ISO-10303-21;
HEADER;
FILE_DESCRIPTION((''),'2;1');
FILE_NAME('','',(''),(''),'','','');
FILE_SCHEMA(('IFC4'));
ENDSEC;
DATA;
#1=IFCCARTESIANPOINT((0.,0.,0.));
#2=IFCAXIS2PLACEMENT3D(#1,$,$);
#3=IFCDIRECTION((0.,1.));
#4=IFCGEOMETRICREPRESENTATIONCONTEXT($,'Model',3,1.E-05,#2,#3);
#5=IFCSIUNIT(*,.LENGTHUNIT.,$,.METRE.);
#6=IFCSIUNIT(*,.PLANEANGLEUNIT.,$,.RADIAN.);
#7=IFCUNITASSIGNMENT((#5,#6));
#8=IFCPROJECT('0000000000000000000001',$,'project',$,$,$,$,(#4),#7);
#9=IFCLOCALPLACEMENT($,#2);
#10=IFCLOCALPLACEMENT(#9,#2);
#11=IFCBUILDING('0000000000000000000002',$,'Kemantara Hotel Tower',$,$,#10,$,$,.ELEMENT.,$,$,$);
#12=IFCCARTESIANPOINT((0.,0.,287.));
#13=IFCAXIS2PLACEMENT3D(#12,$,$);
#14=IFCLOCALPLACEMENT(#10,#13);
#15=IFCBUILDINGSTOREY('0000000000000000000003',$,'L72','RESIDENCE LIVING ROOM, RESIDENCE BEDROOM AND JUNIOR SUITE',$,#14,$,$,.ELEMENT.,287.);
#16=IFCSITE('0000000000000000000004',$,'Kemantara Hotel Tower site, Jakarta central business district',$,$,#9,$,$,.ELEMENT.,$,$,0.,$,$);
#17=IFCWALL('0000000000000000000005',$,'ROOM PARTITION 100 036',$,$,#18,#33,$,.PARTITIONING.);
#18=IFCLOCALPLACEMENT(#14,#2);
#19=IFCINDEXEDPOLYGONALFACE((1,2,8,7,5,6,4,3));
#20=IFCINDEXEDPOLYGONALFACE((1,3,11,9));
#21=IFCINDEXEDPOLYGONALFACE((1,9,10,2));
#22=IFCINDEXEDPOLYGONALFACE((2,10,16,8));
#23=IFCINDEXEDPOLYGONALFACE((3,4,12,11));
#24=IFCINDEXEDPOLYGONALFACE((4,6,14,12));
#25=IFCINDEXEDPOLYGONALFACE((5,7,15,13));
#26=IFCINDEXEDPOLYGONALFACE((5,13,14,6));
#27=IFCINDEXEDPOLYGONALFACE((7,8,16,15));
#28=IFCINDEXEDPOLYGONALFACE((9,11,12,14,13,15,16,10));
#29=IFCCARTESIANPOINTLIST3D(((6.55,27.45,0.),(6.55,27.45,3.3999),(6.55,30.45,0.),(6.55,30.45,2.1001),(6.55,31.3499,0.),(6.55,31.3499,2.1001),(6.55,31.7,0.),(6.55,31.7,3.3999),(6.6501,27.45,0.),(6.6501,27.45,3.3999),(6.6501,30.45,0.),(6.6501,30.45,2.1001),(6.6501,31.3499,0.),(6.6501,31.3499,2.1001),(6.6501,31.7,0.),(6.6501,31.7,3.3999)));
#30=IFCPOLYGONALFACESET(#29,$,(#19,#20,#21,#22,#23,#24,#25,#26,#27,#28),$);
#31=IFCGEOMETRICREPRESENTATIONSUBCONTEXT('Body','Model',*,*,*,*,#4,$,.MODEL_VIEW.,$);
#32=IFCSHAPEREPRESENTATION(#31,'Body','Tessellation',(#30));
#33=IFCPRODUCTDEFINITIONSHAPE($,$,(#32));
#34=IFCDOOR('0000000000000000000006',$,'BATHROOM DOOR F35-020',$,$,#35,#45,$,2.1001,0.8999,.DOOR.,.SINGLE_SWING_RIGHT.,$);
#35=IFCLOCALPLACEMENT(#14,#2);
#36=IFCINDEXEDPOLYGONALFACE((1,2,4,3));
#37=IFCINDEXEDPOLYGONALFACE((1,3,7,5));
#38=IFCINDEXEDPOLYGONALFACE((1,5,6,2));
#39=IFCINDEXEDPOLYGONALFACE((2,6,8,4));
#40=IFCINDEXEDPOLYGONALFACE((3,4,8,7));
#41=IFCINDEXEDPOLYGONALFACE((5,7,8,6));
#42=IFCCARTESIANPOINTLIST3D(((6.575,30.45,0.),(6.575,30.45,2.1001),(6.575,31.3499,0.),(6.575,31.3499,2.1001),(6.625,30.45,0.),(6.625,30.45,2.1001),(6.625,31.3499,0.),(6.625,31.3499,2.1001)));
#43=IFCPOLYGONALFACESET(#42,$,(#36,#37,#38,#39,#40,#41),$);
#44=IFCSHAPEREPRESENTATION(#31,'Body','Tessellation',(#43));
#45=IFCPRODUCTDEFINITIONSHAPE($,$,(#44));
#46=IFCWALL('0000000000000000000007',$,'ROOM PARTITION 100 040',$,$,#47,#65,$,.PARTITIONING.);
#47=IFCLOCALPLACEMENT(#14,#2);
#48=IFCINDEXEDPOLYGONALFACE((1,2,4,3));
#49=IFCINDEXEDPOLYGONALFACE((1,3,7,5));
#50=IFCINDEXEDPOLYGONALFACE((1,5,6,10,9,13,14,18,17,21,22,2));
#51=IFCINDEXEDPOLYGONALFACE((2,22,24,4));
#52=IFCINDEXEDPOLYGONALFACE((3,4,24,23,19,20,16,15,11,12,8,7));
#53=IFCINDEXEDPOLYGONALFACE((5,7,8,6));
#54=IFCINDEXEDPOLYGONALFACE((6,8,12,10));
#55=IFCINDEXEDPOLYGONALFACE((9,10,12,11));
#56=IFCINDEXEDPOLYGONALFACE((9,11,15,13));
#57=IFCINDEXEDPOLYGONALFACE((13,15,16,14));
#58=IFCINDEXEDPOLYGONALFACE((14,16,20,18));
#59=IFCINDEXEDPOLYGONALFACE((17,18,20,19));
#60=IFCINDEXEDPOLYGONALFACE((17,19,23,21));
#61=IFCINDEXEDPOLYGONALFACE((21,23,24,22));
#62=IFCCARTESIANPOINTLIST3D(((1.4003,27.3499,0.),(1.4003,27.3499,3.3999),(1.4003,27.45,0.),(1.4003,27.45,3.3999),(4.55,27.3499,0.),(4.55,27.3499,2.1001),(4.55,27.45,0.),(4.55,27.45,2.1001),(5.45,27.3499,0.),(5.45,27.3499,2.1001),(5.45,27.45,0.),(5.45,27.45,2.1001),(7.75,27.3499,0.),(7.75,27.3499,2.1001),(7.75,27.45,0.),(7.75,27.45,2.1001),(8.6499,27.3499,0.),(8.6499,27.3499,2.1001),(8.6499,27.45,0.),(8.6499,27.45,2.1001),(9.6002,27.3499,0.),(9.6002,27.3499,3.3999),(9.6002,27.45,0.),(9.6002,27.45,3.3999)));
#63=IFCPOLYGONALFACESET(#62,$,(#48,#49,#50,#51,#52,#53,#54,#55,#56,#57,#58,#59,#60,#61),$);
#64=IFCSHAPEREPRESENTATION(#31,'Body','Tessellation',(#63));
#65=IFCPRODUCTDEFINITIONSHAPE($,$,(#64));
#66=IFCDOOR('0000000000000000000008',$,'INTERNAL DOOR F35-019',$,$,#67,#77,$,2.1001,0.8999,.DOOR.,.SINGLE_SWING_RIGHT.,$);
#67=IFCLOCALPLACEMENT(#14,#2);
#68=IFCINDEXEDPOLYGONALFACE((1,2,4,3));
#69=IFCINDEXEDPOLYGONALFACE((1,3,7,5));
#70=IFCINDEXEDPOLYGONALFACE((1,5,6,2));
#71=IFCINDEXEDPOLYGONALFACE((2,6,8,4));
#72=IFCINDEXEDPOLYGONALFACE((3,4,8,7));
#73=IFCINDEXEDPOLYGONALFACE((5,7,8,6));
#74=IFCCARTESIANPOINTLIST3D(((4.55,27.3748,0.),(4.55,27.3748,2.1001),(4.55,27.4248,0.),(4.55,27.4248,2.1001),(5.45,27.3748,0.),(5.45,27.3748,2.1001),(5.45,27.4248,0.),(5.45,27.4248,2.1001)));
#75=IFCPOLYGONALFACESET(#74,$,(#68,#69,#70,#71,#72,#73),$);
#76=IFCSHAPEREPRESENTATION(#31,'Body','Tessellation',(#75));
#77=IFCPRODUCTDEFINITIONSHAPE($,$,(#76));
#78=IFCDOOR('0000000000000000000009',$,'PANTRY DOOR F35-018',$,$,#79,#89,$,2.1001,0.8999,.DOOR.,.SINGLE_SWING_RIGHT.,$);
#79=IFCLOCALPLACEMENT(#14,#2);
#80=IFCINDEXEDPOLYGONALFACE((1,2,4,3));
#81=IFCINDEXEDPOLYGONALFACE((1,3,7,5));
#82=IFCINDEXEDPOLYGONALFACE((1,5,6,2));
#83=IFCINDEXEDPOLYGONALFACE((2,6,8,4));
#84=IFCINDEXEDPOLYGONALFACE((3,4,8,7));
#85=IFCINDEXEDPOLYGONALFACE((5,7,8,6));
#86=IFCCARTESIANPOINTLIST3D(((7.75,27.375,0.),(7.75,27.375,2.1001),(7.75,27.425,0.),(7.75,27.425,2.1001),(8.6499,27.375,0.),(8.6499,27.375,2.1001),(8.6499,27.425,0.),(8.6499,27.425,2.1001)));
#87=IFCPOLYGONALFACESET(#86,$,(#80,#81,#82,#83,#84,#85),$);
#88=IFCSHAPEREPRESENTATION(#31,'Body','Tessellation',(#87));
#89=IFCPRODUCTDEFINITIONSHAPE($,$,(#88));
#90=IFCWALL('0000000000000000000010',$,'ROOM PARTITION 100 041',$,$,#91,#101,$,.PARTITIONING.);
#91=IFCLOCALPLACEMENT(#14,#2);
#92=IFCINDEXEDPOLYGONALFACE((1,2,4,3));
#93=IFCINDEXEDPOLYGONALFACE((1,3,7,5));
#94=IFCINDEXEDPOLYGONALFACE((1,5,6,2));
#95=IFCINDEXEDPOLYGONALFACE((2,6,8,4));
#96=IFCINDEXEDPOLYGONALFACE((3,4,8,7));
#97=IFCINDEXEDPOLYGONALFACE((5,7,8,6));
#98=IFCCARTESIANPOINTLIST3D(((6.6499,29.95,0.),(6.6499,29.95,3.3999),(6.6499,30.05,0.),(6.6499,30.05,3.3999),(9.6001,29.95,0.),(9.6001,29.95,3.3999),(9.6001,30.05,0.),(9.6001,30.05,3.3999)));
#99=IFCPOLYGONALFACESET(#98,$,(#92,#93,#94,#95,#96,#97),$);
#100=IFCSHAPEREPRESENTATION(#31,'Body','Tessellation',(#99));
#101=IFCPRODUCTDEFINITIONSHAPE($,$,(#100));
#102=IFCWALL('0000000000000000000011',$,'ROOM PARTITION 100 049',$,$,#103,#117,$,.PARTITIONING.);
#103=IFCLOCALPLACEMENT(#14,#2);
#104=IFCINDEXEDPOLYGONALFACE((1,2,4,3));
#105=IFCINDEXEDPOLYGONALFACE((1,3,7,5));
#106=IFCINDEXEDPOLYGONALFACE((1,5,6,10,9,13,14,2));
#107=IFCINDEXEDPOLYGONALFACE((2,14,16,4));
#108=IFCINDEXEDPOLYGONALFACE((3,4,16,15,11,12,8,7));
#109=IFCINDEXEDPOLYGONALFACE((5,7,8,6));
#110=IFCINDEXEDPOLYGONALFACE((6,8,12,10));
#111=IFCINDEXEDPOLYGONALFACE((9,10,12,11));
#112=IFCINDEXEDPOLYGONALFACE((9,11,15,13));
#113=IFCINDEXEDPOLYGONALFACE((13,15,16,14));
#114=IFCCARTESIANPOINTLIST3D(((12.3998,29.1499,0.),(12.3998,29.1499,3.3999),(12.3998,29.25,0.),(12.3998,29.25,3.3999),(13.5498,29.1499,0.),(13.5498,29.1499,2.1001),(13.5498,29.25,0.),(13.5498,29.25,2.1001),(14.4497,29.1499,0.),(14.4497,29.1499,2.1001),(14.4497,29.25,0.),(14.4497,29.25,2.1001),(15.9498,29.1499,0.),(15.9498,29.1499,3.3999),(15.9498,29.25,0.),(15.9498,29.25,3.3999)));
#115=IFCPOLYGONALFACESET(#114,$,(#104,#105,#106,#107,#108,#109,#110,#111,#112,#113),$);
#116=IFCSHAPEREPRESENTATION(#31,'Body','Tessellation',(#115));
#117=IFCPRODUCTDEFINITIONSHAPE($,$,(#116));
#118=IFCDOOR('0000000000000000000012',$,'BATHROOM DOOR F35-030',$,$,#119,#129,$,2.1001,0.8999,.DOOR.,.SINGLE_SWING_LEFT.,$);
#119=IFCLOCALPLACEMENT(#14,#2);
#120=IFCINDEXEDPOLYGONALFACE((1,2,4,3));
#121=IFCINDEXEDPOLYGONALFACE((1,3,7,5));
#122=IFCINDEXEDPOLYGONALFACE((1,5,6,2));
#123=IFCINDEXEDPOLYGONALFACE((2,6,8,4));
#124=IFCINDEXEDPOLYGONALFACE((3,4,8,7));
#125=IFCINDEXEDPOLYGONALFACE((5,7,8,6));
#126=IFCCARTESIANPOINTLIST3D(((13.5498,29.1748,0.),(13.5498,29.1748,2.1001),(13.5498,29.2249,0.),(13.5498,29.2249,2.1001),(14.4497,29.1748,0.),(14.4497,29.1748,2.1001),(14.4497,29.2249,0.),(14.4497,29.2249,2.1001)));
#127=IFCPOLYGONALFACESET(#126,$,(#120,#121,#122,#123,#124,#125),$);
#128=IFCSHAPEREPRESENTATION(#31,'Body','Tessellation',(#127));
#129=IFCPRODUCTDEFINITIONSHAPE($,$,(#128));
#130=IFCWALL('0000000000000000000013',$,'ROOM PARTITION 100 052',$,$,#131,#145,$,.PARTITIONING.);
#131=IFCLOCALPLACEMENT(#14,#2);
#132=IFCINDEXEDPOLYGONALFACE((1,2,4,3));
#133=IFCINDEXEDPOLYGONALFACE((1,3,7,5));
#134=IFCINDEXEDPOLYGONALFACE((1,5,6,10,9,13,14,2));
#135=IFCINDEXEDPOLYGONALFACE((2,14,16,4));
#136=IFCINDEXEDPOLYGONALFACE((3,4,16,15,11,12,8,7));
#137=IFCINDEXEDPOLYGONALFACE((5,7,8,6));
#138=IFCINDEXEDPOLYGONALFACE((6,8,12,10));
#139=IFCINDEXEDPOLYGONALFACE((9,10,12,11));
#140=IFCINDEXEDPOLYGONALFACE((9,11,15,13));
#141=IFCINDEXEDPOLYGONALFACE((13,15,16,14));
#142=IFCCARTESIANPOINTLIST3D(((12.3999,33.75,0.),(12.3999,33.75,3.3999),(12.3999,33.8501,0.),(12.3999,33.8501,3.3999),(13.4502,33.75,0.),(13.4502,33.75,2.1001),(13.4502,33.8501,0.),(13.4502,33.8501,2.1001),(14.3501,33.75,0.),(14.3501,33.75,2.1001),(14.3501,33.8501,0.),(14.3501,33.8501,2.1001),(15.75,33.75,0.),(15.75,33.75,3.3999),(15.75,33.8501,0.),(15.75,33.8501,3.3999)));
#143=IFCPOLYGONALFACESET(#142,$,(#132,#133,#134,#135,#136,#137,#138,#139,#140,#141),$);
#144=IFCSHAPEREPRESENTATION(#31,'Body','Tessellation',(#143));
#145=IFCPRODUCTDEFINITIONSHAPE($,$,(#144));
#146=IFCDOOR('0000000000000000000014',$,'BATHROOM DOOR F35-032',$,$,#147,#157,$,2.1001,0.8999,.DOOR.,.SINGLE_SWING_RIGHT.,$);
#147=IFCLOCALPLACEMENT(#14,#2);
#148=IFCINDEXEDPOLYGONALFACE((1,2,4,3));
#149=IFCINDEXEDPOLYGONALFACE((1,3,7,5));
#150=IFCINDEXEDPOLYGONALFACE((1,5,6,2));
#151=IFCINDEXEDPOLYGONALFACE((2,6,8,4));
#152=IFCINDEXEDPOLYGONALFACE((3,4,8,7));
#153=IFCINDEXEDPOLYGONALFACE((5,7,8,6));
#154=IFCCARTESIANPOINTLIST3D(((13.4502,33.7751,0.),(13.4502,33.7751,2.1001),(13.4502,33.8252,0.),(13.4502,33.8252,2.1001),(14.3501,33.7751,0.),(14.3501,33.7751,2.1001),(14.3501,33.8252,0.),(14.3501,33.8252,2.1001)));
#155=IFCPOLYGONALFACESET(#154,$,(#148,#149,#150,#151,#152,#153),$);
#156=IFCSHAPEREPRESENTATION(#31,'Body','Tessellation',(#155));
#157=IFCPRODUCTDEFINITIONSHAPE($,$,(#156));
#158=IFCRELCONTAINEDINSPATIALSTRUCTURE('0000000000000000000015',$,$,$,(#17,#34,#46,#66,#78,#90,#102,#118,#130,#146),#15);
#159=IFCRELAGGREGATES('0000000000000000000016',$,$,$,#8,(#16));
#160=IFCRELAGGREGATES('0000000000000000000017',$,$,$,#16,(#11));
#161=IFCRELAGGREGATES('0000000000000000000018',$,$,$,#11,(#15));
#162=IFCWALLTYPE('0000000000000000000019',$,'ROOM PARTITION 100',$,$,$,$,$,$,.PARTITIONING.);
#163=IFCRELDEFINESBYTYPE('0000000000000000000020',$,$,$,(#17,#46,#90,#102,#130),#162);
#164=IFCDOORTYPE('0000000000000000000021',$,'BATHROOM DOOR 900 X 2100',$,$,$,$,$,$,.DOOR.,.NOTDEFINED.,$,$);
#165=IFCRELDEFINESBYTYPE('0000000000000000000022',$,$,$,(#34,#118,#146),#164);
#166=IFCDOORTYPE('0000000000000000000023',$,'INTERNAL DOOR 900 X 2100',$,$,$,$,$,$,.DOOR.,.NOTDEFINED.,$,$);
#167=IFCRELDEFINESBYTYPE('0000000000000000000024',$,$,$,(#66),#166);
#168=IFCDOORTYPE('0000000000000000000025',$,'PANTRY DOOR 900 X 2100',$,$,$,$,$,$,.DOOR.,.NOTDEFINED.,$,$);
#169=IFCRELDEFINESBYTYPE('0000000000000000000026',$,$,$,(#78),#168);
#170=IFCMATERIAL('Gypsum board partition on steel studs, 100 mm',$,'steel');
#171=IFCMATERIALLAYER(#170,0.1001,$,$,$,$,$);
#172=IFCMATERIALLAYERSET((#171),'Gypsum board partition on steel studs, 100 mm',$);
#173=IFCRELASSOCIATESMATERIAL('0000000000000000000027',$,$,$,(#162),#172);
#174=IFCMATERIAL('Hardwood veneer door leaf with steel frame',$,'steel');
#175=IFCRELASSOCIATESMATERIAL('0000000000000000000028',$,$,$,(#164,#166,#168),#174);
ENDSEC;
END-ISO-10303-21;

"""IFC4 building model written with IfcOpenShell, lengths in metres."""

from ifc_helpers import new_model, si_unit, direction, frame, frame_2d, origin, place, context, subcontext, project, spatial, rectangle, extrude, material, layer, layer_set, type_object, element, fill, save


model = new_model("IFC4")

# Units and contexts
model_context = context("Model", 3, precision=1e-05, world=origin(), true_north=direction((0.0, 1.0)))
body_context = subcontext(model_context, "Body", "Model", "MODEL_VIEW")
ifc_project = project(units=[si_unit("LENGTHUNIT", "METRE"), si_unit("PLANEANGLEUNIT", "RADIAN")], contexts=[model_context])

# Site, building, storey
site_placement = place(None, origin())
site = spatial("IfcSite", under=ifc_project, at=site_placement, Name="Kemantara Hotel Tower site, Jakarta central business district", CompositionType="ELEMENT", RefElevation=0.0)
building_placement = place(site_placement, origin())
building = spatial("IfcBuilding", under=site, at=building_placement, Name="Kemantara Hotel Tower", CompositionType="ELEMENT")
storey_placement = place(building_placement, frame((0.0, 0.0, 287.0)))
storey = spatial("IfcBuildingStorey", under=building, at=storey_placement, Name="L72", Description="RESIDENCE LIVING ROOM, RESIDENCE BEDROOM AND JUNIOR SUITE", CompositionType="ELEMENT", Elevation=287.0)

# Shared definitions
ifc_material_1 = material(Name="Hardwood veneer door leaf with steel frame", Category="steel")

# Wall, opening, door
ifc_material_2 = material(Name="Gypsum board partition on steel studs, 100 mm", Category="steel")
ifc_layer_1 = layer(ifc_material_2, 0.1001)
ifc_layer_set_1 = layer_set([ifc_layer_1], Name="Gypsum board partition on steel studs, 100 mm")
wall_type_1 = type_object("IfcWallType", Name="ROOM PARTITION 100", PredefinedType="PARTITIONING", material=ifc_layer_set_1)
door_type_1 = type_object("IfcDoorType", Name="BATHROOM DOOR 900 X 2100", OperationType="NOTDEFINED", PredefinedType="DOOR", material=ifc_material_1)
wall_1_placement = place(storey_placement, frame((6.6001, 31.7, 0.0), z_axis=(0.0, 0.0, 1.0), x_axis=(0.0, -1.0, 0.0)))
wall_1 = element("IfcWall", 1, at=wall_1_placement, inside=storey, type_object=wall_type_1, Name="ROOM PARTITION 100 036", PredefinedType="PARTITIONING", context=body_context, shape_type="SweptSolid", body=[
    extrude(rectangle(XDim=4.25, YDim=0.1001, at=frame_2d((2.125, 0.0))), origin(), (0.0, 0.0, 1.0), 3.3999),
])
opening_1_placement = place(wall_1_placement, frame((0.3501, 0.0, 0.0)))
opening_1 = element("IfcOpeningElement", 2, at=opening_1_placement, cuts=wall_1, PredefinedType="OPENING", context=body_context, shape_type="SweptSolid", body=[
    extrude(rectangle(XDim=0.8999, YDim=2.1001, at=frame_2d((0.45, 1.05))), frame((0.0, 0.0601, 0.0), z_axis=(0.0, -1.0, 0.0), x_axis=(1.0, 0.0, 0.0)), (0.0, 0.0, 1.0), 0.1201),
])
door_1_placement = place(opening_1_placement, origin())
door_1 = element("IfcDoor", 3, at=door_1_placement, inside=storey, type_object=door_type_1, Name="BATHROOM DOOR F35-020", OperationType="SINGLE_SWING_RIGHT", OverallHeight=2.1001, OverallWidth=0.8999, PredefinedType="DOOR", context=body_context, shape_type="SweptSolid", body=[
    extrude(rectangle(XDim=0.8999, YDim=2.1001, at=frame_2d((0.45, 1.05))), frame((0.0, 0.0249, 0.0), z_axis=(0.0, -1.0, 0.0), x_axis=(1.0, 0.0, 0.0)), (0.0, 0.0, 1.0), 0.05),
])
fill(opening_1, door_1)

# Wall, openings, doors
wall_2_placement = place(storey_placement, frame((1.4001, 27.3999, 0.0), z_axis=(0.0, 0.0, 1.0), x_axis=(1.0, 0.0, 0.0)))
wall_2 = element("IfcWall", 4, at=wall_2_placement, inside=storey, type_object=wall_type_1, Name="ROOM PARTITION 100 040", PredefinedType="PARTITIONING", context=body_context, shape_type="SweptSolid", body=[
    extrude(rectangle(XDim=8.2, YDim=0.1001, at=frame_2d((4.1001, 0.0))), origin(), (0.0, 0.0, 1.0), 3.3999),
])
opening_2_placement = place(wall_2_placement, frame((6.3499, 0.0, 0.0)))
opening_2 = element("IfcOpeningElement", 5, at=opening_2_placement, cuts=wall_2, PredefinedType="OPENING", context=body_context, shape_type="SweptSolid", body=[
    extrude(rectangle(XDim=0.8999, YDim=2.1001, at=frame_2d((0.45, 1.05))), frame((0.0, 0.0601, 0.0), z_axis=(0.0, -1.0, 0.0), x_axis=(1.0, 0.0, 0.0)), (0.0, 0.0, 1.0), 0.1201),
])
opening_3_placement = place(wall_2_placement, frame((3.1499, 0.0, 0.0)))
opening_3 = element("IfcOpeningElement", 6, at=opening_3_placement, cuts=wall_2, PredefinedType="OPENING", context=body_context, shape_type="SweptSolid", body=[
    extrude(rectangle(XDim=0.8999, YDim=2.1001, at=frame_2d((0.45, 1.05))), frame((0.0, 0.0601, 0.0), z_axis=(0.0, -1.0, 0.0), x_axis=(1.0, 0.0, 0.0)), (0.0, 0.0, 1.0), 0.1201),
])
door_type_2 = type_object("IfcDoorType", Name="INTERNAL DOOR 900 X 2100", OperationType="NOTDEFINED", PredefinedType="DOOR", material=ifc_material_1)
door_2_placement = place(opening_3_placement, origin())
door_2 = element("IfcDoor", 7, at=door_2_placement, inside=storey, type_object=door_type_2, Name="INTERNAL DOOR F35-019", OperationType="SINGLE_SWING_RIGHT", OverallHeight=2.1001, OverallWidth=0.8999, PredefinedType="DOOR", context=body_context, shape_type="SweptSolid", body=[
    extrude(rectangle(XDim=0.8999, YDim=2.1001, at=frame_2d((0.45, 1.05))), frame((0.0, 0.0249, 0.0), z_axis=(0.0, -1.0, 0.0), x_axis=(1.0, 0.0, 0.0)), (0.0, 0.0, 1.0), 0.05),
])
fill(opening_3, door_2)
door_type_3 = type_object("IfcDoorType", Name="PANTRY DOOR 900 X 2100", OperationType="NOTDEFINED", PredefinedType="DOOR", material=ifc_material_1)
door_3_placement = place(opening_2_placement, frame((0.8999, 0.0, 0.0), z_axis=(0.0, 0.0, 1.0), x_axis=(-1.0, 0.0, 0.0)))
door_3 = element("IfcDoor", 8, at=door_3_placement, inside=storey, type_object=door_type_3, Name="PANTRY DOOR F35-018", OperationType="SINGLE_SWING_RIGHT", OverallHeight=2.1001, OverallWidth=0.8999, PredefinedType="DOOR", context=body_context, shape_type="SweptSolid", body=[
    extrude(rectangle(XDim=0.8999, YDim=2.1001, at=frame_2d((0.45, 1.05))), frame((0.0, 0.0249, 0.0), z_axis=(0.0, -1.0, 0.0), x_axis=(1.0, 0.0, 0.0)), (0.0, 0.0, 1.0), 0.05),
])
fill(opening_2, door_3)

# Wall
wall_3_placement = place(storey_placement, frame((6.6499, 30.0, 0.0), z_axis=(0.0, 0.0, 1.0), x_axis=(1.0, 0.0, 0.0)))
element("IfcWall", 9, at=wall_3_placement, inside=storey, type_object=wall_type_1, Name="ROOM PARTITION 100 041", PredefinedType="PARTITIONING", context=body_context, shape_type="SweptSolid", body=[
    extrude(rectangle(XDim=2.9502, YDim=0.1001, at=frame_2d((1.4751, 0.0))), origin(), (0.0, 0.0, 1.0), 3.3999),
])

# Walls, openings, doors
wall_4_placement = place(storey_placement, frame((12.3999, 29.2, 0.0), z_axis=(0.0, 0.0, 1.0), x_axis=(1.0, 0.0, 0.0)))
wall_4 = element("IfcWall", 10, at=wall_4_placement, inside=storey, type_object=wall_type_1, Name="ROOM PARTITION 100 049", PredefinedType="PARTITIONING", context=body_context, shape_type="SweptSolid", body=[
    extrude(rectangle(XDim=3.55, YDim=0.1001, at=frame_2d((1.7749, 0.0))), origin(), (0.0, 0.0, 1.0), 3.3999),
])
opening_4_placement = place(wall_4_placement, frame((1.1499, 0.0, 0.0)))
opening_4 = element("IfcOpeningElement", 11, at=opening_4_placement, cuts=wall_4, PredefinedType="OPENING", context=body_context, shape_type="SweptSolid", body=[
    extrude(rectangle(XDim=0.8999, YDim=2.1001, at=frame_2d((0.45, 1.05))), frame((0.0, 0.0601, 0.0), z_axis=(0.0, -1.0, 0.0), x_axis=(1.0, 0.0, 0.0)), (0.0, 0.0, 1.0), 0.1201),
])
door_4_placement = place(opening_4_placement, origin())
door_4 = element("IfcDoor", 12, at=door_4_placement, inside=storey, type_object=door_type_1, Name="BATHROOM DOOR F35-030", OperationType="SINGLE_SWING_LEFT", OverallHeight=2.1001, OverallWidth=0.8999, PredefinedType="DOOR", context=body_context, shape_type="SweptSolid", body=[
    extrude(rectangle(XDim=0.8999, YDim=2.1001, at=frame_2d((0.45, 1.05))), frame((0.0, 0.0249, 0.0), z_axis=(0.0, -1.0, 0.0), x_axis=(1.0, 0.0, 0.0)), (0.0, 0.0, 1.0), 0.05),
])
fill(opening_4, door_4)
wall_5_placement = place(storey_placement, frame((15.75, 33.8, 0.0), z_axis=(0.0, 0.0, 1.0), x_axis=(-1.0, 0.0, 0.0)))
wall_5 = element("IfcWall", 13, at=wall_5_placement, inside=storey, type_object=wall_type_1, Name="ROOM PARTITION 100 052", PredefinedType="PARTITIONING", context=body_context, shape_type="SweptSolid", body=[
    extrude(rectangle(XDim=3.3501, YDim=0.1001, at=frame_2d((1.675, 0.0))), origin(), (0.0, 0.0, 1.0), 3.3999),
])
opening_5_placement = place(wall_5_placement, frame((1.3999, 0.0, 0.0)))
opening_5 = element("IfcOpeningElement", 14, at=opening_5_placement, cuts=wall_5, PredefinedType="OPENING", context=body_context, shape_type="SweptSolid", body=[
    extrude(rectangle(XDim=0.8999, YDim=2.1001, at=frame_2d((0.45, 1.05))), frame((0.0, 0.0601, 0.0), z_axis=(0.0, -1.0, 0.0), x_axis=(1.0, 0.0, 0.0)), (0.0, 0.0, 1.0), 0.1201),
])
door_5_placement = place(opening_5_placement, origin())
door_5 = element("IfcDoor", 15, at=door_5_placement, inside=storey, type_object=door_type_1, Name="BATHROOM DOOR F35-032", OperationType="SINGLE_SWING_RIGHT", OverallHeight=2.1001, OverallWidth=0.8999, PredefinedType="DOOR", context=body_context, shape_type="SweptSolid", body=[
    extrude(rectangle(XDim=0.8999, YDim=2.1001, at=frame_2d((0.45, 1.05))), frame((0.0, 0.0249, 0.0), z_axis=(0.0, -1.0, 0.0), x_axis=(1.0, 0.0, 0.0)), (0.0, 0.0, 1.0), 0.05),
])
fill(opening_5, door_5)

save(model, "model.ifc")
